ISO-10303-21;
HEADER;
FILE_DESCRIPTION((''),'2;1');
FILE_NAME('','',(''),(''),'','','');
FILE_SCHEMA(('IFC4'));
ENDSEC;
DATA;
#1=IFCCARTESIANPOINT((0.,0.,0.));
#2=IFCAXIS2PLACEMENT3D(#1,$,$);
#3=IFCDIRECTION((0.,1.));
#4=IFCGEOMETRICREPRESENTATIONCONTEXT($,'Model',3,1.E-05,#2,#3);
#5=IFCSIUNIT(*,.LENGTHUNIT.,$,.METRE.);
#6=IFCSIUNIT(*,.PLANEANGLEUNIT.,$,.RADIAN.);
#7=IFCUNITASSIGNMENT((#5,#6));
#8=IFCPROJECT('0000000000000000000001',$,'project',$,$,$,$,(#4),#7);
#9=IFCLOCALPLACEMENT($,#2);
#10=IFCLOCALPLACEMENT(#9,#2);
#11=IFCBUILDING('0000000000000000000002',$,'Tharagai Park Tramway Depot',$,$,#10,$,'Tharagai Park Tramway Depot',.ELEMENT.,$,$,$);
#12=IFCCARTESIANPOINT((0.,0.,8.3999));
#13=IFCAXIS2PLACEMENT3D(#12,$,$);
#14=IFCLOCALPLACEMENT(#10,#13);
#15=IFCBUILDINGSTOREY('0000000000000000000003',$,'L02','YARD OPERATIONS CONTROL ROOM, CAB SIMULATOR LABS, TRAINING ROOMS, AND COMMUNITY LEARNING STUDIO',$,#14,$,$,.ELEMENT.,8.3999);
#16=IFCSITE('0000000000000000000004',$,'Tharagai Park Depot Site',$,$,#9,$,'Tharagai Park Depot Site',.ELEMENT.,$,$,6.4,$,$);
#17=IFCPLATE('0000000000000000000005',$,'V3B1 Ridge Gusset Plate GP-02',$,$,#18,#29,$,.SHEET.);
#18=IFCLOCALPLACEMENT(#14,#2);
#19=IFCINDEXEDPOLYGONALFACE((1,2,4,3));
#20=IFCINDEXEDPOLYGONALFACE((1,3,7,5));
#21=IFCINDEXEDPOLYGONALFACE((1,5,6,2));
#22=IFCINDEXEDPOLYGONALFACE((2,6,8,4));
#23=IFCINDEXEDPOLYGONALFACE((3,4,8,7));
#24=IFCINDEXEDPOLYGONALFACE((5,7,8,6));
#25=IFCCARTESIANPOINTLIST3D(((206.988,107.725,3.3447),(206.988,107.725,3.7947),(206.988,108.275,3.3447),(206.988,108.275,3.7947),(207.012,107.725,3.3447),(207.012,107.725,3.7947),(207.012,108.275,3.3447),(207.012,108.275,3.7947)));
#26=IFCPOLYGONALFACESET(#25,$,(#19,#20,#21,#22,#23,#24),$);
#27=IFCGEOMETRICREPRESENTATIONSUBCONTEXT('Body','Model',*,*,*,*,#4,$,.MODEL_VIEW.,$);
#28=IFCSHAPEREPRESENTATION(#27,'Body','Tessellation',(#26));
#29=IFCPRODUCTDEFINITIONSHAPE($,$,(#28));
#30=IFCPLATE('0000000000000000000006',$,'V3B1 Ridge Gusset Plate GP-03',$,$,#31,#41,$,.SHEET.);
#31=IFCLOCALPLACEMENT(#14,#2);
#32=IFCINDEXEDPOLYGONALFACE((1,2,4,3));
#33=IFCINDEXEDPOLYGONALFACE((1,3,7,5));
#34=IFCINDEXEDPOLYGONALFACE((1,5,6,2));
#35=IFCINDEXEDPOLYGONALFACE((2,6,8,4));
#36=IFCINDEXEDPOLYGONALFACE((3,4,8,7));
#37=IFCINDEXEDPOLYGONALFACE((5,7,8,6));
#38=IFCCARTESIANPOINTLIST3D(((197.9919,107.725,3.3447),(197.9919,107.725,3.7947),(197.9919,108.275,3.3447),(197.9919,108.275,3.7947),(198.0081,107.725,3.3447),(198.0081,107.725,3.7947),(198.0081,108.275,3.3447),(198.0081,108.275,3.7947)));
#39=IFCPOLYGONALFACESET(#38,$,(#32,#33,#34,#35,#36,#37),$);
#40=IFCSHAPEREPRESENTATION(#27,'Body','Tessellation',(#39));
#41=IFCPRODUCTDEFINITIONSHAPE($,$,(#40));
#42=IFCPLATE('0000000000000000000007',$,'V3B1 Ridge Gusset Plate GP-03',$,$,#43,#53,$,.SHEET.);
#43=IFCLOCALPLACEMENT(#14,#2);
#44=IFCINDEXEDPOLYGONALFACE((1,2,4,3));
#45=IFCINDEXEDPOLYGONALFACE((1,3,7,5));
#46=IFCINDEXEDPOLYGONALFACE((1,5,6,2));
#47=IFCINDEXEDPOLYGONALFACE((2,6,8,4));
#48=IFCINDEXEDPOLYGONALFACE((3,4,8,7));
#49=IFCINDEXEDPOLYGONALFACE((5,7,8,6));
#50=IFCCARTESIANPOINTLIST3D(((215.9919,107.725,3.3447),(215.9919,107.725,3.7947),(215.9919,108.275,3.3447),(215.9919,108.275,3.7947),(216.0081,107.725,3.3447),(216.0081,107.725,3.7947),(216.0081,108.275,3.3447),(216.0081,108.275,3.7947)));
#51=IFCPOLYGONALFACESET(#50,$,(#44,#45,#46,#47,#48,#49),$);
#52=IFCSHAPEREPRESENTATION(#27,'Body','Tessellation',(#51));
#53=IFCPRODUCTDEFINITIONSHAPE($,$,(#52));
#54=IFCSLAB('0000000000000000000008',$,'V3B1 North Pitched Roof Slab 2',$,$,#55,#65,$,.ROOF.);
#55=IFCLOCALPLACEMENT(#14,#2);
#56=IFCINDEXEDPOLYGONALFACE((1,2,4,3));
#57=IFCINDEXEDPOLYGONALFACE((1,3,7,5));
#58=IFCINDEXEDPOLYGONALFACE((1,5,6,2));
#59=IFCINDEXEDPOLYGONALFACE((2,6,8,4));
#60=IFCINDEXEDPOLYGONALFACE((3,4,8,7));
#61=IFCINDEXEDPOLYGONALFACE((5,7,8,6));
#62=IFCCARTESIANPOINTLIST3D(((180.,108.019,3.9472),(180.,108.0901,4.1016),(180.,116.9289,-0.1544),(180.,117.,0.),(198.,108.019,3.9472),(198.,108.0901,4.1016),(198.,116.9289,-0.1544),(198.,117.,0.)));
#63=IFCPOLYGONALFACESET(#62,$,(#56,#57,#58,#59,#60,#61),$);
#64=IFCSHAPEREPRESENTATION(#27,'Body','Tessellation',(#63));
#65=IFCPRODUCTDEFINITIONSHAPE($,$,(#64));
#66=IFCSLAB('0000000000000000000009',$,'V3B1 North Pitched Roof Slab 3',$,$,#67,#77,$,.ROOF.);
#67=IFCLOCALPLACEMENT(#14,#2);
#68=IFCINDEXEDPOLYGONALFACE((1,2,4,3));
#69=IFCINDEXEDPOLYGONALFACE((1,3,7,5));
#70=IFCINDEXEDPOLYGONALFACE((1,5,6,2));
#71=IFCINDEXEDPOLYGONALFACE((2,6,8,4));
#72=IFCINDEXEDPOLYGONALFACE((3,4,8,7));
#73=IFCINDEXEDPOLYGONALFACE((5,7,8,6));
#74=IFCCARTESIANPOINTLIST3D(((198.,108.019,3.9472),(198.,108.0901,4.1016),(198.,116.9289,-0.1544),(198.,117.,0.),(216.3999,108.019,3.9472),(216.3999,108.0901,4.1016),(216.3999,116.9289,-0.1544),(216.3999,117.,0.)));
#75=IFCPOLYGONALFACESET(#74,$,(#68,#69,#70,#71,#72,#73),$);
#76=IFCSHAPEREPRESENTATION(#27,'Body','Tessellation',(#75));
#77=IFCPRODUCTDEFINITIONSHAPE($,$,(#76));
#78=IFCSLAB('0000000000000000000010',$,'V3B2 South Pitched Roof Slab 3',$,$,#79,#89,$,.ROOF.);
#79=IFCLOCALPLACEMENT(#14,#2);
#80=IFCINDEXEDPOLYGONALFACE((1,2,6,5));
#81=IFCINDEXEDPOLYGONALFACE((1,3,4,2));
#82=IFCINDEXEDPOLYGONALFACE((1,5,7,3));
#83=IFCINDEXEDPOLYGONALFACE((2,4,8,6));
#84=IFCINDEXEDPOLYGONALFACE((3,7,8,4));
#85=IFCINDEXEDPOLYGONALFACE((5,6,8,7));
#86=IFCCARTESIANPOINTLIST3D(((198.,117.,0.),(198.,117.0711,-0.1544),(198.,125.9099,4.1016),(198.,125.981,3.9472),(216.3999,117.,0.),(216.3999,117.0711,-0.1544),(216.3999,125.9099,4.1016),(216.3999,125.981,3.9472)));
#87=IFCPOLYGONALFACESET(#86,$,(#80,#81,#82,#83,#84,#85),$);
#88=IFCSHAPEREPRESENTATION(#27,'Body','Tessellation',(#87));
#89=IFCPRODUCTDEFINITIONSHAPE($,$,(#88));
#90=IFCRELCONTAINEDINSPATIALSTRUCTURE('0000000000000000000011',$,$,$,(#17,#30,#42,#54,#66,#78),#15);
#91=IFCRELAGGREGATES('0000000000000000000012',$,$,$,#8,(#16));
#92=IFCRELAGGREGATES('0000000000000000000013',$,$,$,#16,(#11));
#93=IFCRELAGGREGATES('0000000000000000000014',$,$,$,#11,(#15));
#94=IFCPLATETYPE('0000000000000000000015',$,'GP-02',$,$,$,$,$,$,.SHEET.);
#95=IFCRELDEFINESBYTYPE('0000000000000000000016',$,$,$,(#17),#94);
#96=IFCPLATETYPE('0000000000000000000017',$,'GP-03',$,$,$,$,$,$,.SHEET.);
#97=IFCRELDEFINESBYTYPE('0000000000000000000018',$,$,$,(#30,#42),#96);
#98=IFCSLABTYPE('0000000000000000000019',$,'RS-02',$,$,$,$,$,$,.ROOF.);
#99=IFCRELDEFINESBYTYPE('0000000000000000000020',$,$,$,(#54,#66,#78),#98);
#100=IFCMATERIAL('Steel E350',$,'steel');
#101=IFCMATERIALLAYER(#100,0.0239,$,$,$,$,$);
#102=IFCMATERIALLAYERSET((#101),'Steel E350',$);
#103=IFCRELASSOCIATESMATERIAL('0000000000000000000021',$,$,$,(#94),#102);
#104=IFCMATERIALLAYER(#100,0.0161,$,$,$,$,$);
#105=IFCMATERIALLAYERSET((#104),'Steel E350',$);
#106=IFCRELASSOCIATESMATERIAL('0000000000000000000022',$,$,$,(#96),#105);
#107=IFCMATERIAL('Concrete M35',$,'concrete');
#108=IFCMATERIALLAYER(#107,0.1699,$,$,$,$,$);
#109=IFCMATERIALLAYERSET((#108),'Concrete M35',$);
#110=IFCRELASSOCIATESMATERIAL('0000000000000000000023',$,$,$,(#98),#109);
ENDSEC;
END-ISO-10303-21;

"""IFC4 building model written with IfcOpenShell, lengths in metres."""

from ifc_helpers import new_model, si_unit, direction, frame, origin, origin_2d, place, context, subcontext, project, spatial, polyline, rectangle, outline, extrude, material, layer, layer_set, type_object, element, save


model = new_model("IFC4")

# Units and contexts
model_context = context("Model", 3, precision=1e-05, world=origin(), true_north=direction((0.0, 1.0)))
body_context = subcontext(model_context, "Body", "Model", "MODEL_VIEW")
ifc_project = project(units=[si_unit("LENGTHUNIT", "METRE"), si_unit("PLANEANGLEUNIT", "RADIAN")], contexts=[model_context])

# Site, building, storey
site_placement = place(None, origin())
site = spatial("IfcSite", under=ifc_project, at=site_placement, Name="Tharagai Park Depot Site", LongName="Tharagai Park Depot Site", CompositionType="ELEMENT", RefElevation=6.4)
building_placement = place(site_placement, origin())
building = spatial("IfcBuilding", under=site, at=building_placement, Name="Tharagai Park Tramway Depot", LongName="Tharagai Park Tramway Depot", CompositionType="ELEMENT")
storey_placement = place(building_placement, frame((0.0, 0.0, 8.3999)))
storey = spatial("IfcBuildingStorey", under=building, at=storey_placement, Name="L02", Description="YARD OPERATIONS CONTROL ROOM, CAB SIMULATOR LABS, TRAINING ROOMS, AND COMMUNITY LEARNING STUDIO", CompositionType="ELEMENT", Elevation=8.3999)

# Shared definitions
ifc_material_1 = material(Name="Steel E350", Category="steel")

# Plates
ifc_layer_1 = layer(ifc_material_1, 0.0239)
ifc_layer_set_1 = layer_set([ifc_layer_1], Name="Steel E350")
plate_type_1 = type_object("IfcPlateType", Name="GP-02", PredefinedType="SHEET", material=ifc_layer_set_1)
plate_placement = place(storey_placement, frame((207.0, 108.0, 3.3447), z_axis=(0.0, 0.0, 1.0), x_axis=(1.0, 0.0, 0.0)))
element("IfcPlate", 1, at=plate_placement, inside=storey, type_object=plate_type_1, Name="V3B1 Ridge Gusset Plate GP-02", PredefinedType="SHEET", context=body_context, shape_type="SweptSolid", body=[
    extrude(rectangle(XDim=0.0239, YDim=0.55, at=origin_2d()), origin(), (0.0, 0.0, 1.0), 0.45),
])
ifc_layer_2 = layer(ifc_material_1, 0.0161)
ifc_layer_set_2 = layer_set([ifc_layer_2], Name="Steel E350")
plate_type_2 = type_object("IfcPlateType", Name="GP-03", PredefinedType="SHEET", material=ifc_layer_set_2)
for number, where, z_axis, x_axis, name in (
    (2, (198.0, 108.0, 3.3447), (0.0, 0.0, 1.0), (1.0, 0.0, 0.0), "V3B1 Ridge Gusset Plate GP-03"),
    (3, (216.0, 108.0, 3.3447), (0.0, 0.0, 1.0), (1.0, 0.0, 0.0), "V3B1 Ridge Gusset Plate GP-03"),
):
    element("IfcPlate", number, at=place(storey_placement, frame(where, z_axis=z_axis, x_axis=x_axis)), inside=storey, type_object=plate_type_2, Name=name, PredefinedType="SHEET", context=body_context, shape_type="SweptSolid", body=[
        extrude(rectangle(XDim=0.0161, YDim=0.55, at=origin_2d()), origin(), (0.0, 0.0, 1.0), 0.45),
    ])

# Slabs
ifc_material_2 = material(Name="Concrete M35", Category="concrete")
ifc_layer_3 = layer(ifc_material_2, 0.1699)
ifc_layer_set_3 = layer_set([ifc_layer_3], Name="Concrete M35")
slab_type = type_object("IfcSlabType", Name="RS-02", PredefinedType="ROOF", material=ifc_layer_set_3)
slab_placement = place(storey_placement, frame((198.0, 117.0, 0.0), z_axis=(0.0, 0.418158, 0.908374), x_axis=(-1.0, 0.0, 0.0)))
element("IfcSlab", 4, at=slab_placement, inside=storey, type_object=slab_type, Name="V3B1 North Pitched Roof Slab 2", PredefinedType="ROOF", context=body_context, shape_type="SweptSolid", body=[
    extrude(outline(polyline([(0.0, 0.0), (18.0, 0.0), (18.0, 9.8086), (0.0, 9.8086), (0.0, 0.0)])), origin(), (0.0, 0.0, -1.0), 0.1699),
])
for number, where, z_axis, x_axis, name in (
    (5, (216.3999, 117.0, 0.0), (0.0, 0.418158, 0.908374), (-1.0, 0.0, 0.0), "V3B1 North Pitched Roof Slab 3"),
    (6, (198.0, 117.0, 0.0), (0.0, -0.418158, 0.908374), (1.0, 0.0, 0.0), "V3B2 South Pitched Roof Slab 3"),
):
    element("IfcSlab", number, at=place(storey_placement, frame(where, z_axis=z_axis, x_axis=x_axis)), inside=storey, type_object=slab_type, Name=name, PredefinedType="ROOF", context=body_context, shape_type="SweptSolid", body=[
        extrude(outline(polyline([(0.0, 0.0), (18.3999, 0.0), (18.3999, 9.8086), (0.0, 9.8086), (0.0, 0.0)])), origin(), (0.0, 0.0, -1.0), 0.1699),
    ])

save(model, "model.ifc")
